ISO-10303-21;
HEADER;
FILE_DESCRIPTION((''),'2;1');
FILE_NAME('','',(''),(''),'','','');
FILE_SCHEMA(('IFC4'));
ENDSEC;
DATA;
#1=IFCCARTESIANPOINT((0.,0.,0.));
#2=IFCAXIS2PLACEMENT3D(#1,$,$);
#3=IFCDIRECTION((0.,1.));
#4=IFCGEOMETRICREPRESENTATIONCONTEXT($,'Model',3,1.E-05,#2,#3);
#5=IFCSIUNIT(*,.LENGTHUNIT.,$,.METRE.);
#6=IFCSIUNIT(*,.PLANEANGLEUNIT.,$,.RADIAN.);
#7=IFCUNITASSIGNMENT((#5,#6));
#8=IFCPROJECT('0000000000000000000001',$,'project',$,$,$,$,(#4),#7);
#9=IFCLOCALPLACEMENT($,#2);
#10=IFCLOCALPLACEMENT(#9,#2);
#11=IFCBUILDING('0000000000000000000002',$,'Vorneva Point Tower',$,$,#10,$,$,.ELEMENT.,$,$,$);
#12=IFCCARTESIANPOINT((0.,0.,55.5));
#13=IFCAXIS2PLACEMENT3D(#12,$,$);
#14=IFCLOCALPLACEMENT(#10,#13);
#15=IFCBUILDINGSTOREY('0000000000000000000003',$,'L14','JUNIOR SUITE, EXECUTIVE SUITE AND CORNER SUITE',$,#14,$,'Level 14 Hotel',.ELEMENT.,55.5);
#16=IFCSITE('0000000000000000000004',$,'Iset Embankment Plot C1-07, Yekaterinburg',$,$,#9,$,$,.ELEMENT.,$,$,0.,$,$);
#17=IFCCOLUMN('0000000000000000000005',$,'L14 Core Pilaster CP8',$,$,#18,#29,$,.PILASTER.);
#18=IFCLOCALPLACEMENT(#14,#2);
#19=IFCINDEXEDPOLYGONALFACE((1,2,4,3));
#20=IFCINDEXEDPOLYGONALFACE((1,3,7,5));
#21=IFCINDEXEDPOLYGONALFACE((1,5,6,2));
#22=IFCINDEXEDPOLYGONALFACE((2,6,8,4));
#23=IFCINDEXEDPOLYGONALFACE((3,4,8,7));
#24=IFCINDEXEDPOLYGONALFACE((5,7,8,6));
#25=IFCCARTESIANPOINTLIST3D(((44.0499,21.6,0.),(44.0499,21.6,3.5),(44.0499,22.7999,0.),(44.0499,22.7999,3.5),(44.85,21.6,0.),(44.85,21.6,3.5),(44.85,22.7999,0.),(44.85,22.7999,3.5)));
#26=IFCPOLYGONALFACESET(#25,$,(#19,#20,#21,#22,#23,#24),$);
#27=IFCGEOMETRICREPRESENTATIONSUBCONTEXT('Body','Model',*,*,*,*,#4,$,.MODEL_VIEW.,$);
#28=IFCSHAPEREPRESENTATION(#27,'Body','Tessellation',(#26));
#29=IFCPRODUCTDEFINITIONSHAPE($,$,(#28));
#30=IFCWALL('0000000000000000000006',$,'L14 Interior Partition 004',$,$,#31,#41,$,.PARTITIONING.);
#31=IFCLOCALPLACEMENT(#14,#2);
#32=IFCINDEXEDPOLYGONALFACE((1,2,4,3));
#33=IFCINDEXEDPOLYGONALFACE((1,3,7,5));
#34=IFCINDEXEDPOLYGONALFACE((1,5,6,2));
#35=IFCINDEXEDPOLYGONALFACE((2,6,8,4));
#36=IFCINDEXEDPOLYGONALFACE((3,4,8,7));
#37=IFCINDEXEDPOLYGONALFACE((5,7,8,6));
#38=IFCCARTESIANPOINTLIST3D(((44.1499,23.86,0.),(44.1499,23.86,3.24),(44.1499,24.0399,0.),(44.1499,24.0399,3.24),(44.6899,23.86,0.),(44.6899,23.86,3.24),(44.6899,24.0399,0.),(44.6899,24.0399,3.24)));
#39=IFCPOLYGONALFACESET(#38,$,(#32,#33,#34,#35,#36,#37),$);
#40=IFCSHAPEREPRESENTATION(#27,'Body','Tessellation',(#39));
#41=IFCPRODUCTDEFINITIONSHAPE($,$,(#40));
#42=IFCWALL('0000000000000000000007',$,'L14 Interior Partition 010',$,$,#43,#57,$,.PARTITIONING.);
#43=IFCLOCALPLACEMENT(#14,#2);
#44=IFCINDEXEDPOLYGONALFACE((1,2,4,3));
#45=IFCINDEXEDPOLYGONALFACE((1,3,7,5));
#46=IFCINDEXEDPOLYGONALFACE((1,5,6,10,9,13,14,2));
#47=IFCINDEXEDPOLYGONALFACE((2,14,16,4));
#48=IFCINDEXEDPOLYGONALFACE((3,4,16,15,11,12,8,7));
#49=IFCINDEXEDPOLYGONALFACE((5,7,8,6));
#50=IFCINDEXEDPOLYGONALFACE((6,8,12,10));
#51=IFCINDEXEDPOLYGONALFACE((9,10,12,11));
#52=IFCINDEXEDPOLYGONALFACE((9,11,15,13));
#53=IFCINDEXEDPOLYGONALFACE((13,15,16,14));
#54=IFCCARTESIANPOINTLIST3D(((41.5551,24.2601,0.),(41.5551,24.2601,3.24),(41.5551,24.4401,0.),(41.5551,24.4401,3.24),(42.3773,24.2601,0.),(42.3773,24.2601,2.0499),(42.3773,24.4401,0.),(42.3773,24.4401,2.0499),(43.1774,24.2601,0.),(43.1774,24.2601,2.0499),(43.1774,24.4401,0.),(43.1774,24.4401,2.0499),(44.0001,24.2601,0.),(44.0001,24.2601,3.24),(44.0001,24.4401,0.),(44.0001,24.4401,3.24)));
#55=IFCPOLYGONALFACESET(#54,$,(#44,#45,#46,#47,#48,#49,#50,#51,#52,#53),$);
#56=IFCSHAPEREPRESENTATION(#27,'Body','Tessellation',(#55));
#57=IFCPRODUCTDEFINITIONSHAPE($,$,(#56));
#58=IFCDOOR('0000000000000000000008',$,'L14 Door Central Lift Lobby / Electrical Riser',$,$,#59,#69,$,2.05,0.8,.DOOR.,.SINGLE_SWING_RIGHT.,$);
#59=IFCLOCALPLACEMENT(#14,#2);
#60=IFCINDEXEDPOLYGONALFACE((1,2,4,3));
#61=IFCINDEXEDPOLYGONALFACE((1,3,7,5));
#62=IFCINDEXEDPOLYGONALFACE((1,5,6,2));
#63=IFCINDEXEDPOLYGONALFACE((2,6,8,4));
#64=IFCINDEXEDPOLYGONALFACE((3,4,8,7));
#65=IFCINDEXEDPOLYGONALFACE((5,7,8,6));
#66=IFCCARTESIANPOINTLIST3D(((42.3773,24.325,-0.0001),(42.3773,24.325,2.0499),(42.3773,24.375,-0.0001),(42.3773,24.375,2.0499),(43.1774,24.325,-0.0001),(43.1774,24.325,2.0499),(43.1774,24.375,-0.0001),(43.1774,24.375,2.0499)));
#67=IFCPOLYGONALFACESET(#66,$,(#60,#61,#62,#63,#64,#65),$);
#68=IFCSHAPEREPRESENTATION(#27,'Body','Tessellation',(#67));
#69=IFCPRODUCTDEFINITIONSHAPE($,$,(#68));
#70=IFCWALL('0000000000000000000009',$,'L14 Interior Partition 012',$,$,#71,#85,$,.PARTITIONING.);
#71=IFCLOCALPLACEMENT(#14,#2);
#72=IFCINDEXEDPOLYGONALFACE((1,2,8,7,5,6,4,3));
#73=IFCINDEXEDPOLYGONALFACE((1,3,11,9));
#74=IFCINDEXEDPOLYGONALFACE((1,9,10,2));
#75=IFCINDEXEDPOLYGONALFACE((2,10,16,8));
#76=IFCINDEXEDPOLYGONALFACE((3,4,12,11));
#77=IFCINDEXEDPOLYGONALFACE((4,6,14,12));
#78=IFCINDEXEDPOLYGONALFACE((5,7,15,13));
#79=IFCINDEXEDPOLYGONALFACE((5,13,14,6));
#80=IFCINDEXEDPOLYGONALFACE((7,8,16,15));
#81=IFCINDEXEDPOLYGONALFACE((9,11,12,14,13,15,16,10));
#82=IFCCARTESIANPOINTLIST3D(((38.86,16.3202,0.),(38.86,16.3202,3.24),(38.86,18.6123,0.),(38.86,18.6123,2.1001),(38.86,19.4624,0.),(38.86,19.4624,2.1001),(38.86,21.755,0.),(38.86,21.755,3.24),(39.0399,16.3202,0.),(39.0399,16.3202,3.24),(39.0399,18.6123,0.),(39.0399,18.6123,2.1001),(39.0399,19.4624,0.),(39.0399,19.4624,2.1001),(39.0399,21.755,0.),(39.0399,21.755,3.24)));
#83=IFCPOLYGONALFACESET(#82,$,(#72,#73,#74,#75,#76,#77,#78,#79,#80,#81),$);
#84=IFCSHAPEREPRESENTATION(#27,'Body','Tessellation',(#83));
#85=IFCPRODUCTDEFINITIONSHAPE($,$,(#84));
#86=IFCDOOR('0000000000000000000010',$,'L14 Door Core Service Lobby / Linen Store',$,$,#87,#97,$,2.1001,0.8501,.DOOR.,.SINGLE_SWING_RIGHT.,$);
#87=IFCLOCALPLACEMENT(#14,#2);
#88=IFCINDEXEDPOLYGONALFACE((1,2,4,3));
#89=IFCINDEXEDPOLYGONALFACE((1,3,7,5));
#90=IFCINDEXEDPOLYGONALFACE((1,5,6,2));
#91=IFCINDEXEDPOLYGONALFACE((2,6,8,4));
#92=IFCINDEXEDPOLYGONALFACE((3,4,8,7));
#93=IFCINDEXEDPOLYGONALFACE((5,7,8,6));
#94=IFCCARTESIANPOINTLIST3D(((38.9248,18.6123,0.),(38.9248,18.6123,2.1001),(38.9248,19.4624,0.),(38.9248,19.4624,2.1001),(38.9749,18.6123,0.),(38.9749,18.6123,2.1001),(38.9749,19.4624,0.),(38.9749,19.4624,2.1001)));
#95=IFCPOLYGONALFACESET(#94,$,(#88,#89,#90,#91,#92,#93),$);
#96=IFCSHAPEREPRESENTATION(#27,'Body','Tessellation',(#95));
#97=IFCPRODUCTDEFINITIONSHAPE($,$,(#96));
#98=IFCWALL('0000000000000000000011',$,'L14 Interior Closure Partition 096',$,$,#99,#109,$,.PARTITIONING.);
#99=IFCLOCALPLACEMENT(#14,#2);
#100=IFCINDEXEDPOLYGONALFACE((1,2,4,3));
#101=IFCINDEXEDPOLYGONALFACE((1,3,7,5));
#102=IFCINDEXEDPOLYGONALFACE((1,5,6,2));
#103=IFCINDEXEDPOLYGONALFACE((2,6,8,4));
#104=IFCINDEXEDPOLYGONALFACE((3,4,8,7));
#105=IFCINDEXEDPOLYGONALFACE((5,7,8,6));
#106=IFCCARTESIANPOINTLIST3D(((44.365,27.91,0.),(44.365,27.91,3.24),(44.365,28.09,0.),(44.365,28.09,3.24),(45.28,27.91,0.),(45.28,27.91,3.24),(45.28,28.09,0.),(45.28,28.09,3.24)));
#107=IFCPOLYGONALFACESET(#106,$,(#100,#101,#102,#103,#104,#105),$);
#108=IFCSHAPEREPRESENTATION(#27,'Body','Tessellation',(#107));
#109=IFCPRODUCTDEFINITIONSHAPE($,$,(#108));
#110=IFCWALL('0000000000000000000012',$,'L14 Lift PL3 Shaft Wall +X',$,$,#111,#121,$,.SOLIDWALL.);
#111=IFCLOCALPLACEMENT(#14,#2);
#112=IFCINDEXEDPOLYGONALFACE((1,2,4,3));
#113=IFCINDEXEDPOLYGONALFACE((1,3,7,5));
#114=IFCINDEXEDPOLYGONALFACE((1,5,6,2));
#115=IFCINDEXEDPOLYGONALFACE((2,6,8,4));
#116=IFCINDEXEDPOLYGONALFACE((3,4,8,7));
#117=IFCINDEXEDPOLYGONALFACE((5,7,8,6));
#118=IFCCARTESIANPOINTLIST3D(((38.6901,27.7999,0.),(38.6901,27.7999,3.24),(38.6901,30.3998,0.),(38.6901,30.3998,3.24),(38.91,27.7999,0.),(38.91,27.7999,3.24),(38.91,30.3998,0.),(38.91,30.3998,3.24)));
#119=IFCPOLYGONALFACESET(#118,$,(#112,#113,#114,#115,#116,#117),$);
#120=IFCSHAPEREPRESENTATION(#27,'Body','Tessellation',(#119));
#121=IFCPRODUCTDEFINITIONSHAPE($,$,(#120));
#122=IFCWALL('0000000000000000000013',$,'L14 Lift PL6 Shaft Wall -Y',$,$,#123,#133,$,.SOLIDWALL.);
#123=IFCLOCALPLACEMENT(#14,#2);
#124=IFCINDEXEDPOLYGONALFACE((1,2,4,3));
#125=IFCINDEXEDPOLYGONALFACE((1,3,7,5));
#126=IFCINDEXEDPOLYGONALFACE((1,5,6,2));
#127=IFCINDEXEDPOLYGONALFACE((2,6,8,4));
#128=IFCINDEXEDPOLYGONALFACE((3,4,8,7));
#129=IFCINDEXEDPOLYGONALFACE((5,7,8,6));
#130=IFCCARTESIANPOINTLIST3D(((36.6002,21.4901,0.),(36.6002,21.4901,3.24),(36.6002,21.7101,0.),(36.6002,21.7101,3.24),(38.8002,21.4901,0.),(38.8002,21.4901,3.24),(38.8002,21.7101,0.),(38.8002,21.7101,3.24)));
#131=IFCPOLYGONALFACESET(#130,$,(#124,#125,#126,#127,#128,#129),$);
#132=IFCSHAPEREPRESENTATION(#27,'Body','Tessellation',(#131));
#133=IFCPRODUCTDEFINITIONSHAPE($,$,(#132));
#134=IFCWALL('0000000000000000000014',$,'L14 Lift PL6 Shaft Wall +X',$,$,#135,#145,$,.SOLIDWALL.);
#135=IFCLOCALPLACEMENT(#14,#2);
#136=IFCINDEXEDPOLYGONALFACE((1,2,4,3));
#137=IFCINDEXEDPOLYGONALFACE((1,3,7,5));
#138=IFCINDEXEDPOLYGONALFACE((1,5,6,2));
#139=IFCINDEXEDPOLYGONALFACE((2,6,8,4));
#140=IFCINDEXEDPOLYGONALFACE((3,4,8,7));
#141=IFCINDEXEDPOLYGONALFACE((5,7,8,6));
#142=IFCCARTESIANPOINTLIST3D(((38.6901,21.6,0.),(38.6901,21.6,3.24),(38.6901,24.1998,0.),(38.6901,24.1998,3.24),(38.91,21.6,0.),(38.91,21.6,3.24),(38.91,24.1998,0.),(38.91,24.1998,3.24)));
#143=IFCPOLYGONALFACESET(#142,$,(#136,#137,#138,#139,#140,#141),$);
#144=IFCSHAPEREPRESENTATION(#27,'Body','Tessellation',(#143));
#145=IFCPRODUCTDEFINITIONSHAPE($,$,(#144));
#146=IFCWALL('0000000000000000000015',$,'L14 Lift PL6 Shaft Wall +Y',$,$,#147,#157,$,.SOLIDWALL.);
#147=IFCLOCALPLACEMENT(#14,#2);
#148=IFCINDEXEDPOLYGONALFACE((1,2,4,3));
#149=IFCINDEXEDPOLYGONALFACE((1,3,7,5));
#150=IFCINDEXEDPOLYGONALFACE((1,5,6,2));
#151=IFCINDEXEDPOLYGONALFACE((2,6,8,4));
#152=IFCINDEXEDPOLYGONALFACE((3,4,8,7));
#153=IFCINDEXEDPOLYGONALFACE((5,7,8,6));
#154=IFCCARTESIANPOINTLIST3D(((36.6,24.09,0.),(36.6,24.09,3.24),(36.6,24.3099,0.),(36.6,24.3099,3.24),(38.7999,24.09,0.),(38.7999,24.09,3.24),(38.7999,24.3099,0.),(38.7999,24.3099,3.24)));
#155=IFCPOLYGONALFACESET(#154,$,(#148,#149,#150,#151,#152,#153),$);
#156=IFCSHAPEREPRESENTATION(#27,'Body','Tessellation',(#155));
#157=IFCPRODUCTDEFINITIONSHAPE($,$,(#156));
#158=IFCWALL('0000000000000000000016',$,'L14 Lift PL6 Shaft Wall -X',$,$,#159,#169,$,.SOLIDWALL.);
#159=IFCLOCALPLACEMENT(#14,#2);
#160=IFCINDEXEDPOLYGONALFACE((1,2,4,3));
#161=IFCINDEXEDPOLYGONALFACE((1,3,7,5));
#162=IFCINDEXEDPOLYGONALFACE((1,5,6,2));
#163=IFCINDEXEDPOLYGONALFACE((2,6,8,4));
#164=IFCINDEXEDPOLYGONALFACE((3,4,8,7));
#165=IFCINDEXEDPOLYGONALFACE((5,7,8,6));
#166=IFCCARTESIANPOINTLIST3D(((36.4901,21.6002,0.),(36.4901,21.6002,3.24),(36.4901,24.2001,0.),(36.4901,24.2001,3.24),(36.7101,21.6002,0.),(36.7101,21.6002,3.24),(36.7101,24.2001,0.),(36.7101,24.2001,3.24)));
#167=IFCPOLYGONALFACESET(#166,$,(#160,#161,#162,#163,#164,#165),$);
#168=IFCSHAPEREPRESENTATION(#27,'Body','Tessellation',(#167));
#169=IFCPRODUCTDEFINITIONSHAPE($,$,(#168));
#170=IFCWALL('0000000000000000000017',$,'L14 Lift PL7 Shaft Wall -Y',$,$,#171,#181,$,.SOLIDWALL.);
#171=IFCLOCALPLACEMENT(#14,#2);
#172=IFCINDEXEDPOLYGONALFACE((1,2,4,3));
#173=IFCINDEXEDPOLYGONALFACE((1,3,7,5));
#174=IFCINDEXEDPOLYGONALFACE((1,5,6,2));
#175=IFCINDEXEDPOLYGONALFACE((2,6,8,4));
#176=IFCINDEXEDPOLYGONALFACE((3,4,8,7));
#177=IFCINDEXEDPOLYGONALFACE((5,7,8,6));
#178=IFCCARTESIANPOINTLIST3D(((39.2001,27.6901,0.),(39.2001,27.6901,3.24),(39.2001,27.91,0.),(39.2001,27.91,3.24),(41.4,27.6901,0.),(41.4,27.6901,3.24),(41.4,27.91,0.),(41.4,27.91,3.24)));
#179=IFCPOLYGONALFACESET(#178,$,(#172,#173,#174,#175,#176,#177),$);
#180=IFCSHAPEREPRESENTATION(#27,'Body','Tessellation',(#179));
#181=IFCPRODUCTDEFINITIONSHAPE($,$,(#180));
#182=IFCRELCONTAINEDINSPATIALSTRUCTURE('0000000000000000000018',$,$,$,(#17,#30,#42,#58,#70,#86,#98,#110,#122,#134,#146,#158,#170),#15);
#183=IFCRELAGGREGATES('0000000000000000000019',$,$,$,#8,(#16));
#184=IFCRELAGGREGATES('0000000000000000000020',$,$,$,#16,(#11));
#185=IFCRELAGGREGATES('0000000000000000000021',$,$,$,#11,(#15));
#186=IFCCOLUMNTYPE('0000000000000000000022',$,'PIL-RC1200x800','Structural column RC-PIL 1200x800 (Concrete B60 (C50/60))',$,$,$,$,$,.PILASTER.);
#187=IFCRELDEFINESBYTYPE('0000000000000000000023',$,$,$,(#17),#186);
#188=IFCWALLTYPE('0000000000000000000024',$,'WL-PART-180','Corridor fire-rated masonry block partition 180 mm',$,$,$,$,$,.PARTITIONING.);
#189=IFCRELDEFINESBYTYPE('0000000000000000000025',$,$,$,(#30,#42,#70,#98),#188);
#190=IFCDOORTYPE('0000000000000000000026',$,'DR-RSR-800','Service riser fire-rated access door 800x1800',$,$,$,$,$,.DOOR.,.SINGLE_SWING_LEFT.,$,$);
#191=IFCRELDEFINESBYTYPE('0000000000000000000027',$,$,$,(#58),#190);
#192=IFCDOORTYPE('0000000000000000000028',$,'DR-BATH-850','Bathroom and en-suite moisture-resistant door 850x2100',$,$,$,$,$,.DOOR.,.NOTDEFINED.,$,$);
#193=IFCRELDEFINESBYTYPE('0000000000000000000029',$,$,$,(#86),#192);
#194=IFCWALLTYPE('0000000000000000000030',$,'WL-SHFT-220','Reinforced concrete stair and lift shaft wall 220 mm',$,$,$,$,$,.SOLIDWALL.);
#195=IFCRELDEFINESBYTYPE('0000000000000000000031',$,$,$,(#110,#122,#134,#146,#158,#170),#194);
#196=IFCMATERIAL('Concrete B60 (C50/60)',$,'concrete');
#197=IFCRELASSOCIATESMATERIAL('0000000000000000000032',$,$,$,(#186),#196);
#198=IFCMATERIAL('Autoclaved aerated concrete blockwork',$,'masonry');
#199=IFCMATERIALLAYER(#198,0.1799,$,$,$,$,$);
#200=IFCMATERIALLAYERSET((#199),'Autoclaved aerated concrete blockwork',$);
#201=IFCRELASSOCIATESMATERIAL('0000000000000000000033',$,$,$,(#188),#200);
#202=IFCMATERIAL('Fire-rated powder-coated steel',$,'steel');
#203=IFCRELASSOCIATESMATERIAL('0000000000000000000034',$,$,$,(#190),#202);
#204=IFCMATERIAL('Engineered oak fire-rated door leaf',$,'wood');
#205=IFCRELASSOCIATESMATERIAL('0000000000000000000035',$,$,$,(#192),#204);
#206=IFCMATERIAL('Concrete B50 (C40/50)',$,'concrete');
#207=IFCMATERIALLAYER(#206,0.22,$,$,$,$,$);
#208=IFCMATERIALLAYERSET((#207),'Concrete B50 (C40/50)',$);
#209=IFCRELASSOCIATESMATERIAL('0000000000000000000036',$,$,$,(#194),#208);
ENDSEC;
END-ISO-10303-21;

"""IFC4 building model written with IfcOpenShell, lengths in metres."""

from ifc_helpers import new_model, si_unit, direction, frame, frame_2d, origin, origin_2d, place, context, subcontext, project, spatial, rectangle, extrude, material, layer, layer_set, material_profile, profile_set, type_object, element, fill, save


model = new_model("IFC4")

# Units and contexts
model_context = context("Model", 3, precision=1e-05, world=origin(), true_north=direction((0.0, 1.0)))
body_context = subcontext(model_context, "Body", "Model", "MODEL_VIEW")
ifc_project = project(units=[si_unit("LENGTHUNIT", "METRE"), si_unit("PLANEANGLEUNIT", "RADIAN")], contexts=[model_context])

# Site, building, storey
site_placement = place(None, origin())
site = spatial("IfcSite", under=ifc_project, at=site_placement, Name="Iset Embankment Plot C1-07, Yekaterinburg", CompositionType="ELEMENT", RefElevation=0.0)
building_placement = place(site_placement, origin())
building = spatial("IfcBuilding", under=site, at=building_placement, Name="Vorneva Point Tower", CompositionType="ELEMENT")
storey_placement = place(building_placement, frame((0.0, 0.0, 55.5)))
storey = spatial("IfcBuildingStorey", under=building, at=storey_placement, Name="L14", Description="JUNIOR SUITE, EXECUTIVE SUITE AND CORNER SUITE", LongName="Level 14 Hotel", CompositionType="ELEMENT", Elevation=55.5)

# Column
ifc_material_1 = material(Name="Concrete B60 (C50/60)", Category="concrete")
ifc_material_profile = material_profile(ifc_material_1, rectangle(XDim=0.8, YDim=1.2, at=origin_2d()), Name="RC-PIL 1200x800")
ifc_profile_set = profile_set([ifc_material_profile], Name="Concrete B60 (C50/60)")
column_type = type_object("IfcColumnType", Name="PIL-RC1200x800", Description="Structural column RC-PIL 1200x800 (Concrete B60 (C50/60))", PredefinedType="PILASTER", material=ifc_profile_set)
column_placement = place(storey_placement, frame((44.45, 22.2, 0.0), z_axis=(0.0, 0.0, 1.0), x_axis=(1.0, 0.0, 0.0)))
element("IfcColumn", 1, at=column_placement, inside=storey, type_object=column_type, Name="L14 Core Pilaster CP8", PredefinedType="PILASTER", context=body_context, shape_type="SweptSolid", body=[
    extrude(rectangle(XDim=0.8, YDim=1.2, at=origin_2d()), origin(), (0.0, 0.0, 1.0), 3.5),
])

# Shared definitions
ifc_material_2 = material(Name="Autoclaved aerated concrete blockwork", Category="masonry")
ifc_layer_1 = layer(ifc_material_2, 0.1799)
ifc_layer_set_1 = layer_set([ifc_layer_1], Name="Autoclaved aerated concrete blockwork")
wall_type_1 = type_object("IfcWallType", Name="WL-PART-180", Description="Corridor fire-rated masonry block partition 180 mm", PredefinedType="PARTITIONING", material=ifc_layer_set_1)
ifc_material_3 = material(Name="Fire-rated powder-coated steel", Category="steel")

# Wall
wall_1_placement = place(storey_placement, frame((44.1499, 23.95, 0.0), z_axis=(0.0, 0.0, 1.0), x_axis=(1.0, 0.0, 0.0)))
element("IfcWall", 2, at=wall_1_placement, inside=storey, type_object=wall_type_1, Name="L14 Interior Partition 004", PredefinedType="PARTITIONING", context=body_context, shape_type="SweptSolid", body=[
    extrude(rectangle(XDim=0.54, YDim=0.1799, at=frame_2d((0.27, 0.0))), origin(), (0.0, 0.0, 1.0), 3.24),
])

# Walls, openings, doors
wall_2_placement = place(storey_placement, frame((41.5549, 24.3501, 0.0), z_axis=(0.0, 0.0, 1.0), x_axis=(1.0, 0.0, 0.0)))
wall_2 = element("IfcWall", 3, at=wall_2_placement, inside=storey, type_object=wall_type_1, Name="L14 Interior Partition 010", PredefinedType="PARTITIONING", context=body_context, shape_type="SweptSolid", body=[
    extrude(rectangle(XDim=2.4451, YDim=0.1799, at=frame_2d((1.2227, 0.0))), origin(), (0.0, 0.0, 1.0), 3.24),
])
opening_1_placement = place(wall_2_placement, frame((0.8225, 0.0, 0.0)))
opening_1 = element("IfcOpeningElement", 4, at=opening_1_placement, cuts=wall_2, PredefinedType="OPENING", context=body_context, shape_type="SweptSolid", body=[
    extrude(rectangle(XDim=0.8, YDim=2.05, at=frame_2d((0.3999, 1.0249))), frame((0.0, 0.105, 0.0), z_axis=(0.0, -1.0, 0.0), x_axis=(1.0, 0.0, 0.0)), (0.0, 0.0, 1.0), 0.2097),
])
door_type_1 = type_object("IfcDoorType", Name="DR-RSR-800", Description="Service riser fire-rated access door 800x1800", OperationType="SINGLE_SWING_LEFT", PredefinedType="DOOR", material=ifc_material_3)
door_1_placement = place(opening_1_placement, origin())
door_1 = element("IfcDoor", 5, at=door_1_placement, inside=storey, type_object=door_type_1, Name="L14 Door Central Lift Lobby / Electrical Riser", OperationType="SINGLE_SWING_RIGHT", OverallHeight=2.05, OverallWidth=0.8, PredefinedType="DOOR", context=body_context, shape_type="SweptSolid", body=[
    extrude(rectangle(XDim=0.8, YDim=2.05, at=frame_2d((0.3999, 1.0249))), frame((0.0, 0.0249, 0.0), z_axis=(0.0, -1.0, 0.0), x_axis=(1.0, 0.0, 0.0)), (0.0, 0.0, 1.0), 0.05),
])
fill(opening_1, door_1)
wall_3_placement = place(storey_placement, frame((38.95, 21.7549, 0.0), z_axis=(0.0, 0.0, 1.0), x_axis=(0.0, -1.0, 0.0)))
wall_3 = element("IfcWall", 6, at=wall_3_placement, inside=storey, type_object=wall_type_1, Name="L14 Interior Partition 012", PredefinedType="PARTITIONING", context=body_context, shape_type="SweptSolid", body=[
    extrude(rectangle(XDim=5.4348, YDim=0.1799, at=frame_2d((2.7173, 0.0))), origin(), (0.0, 0.0, 1.0), 3.24),
])
opening_2_placement = place(wall_3_placement, frame((2.2925, 0.0, 0.0)))
opening_2 = element("IfcOpeningElement", 7, at=opening_2_placement, cuts=wall_3, PredefinedType="OPENING", context=body_context, shape_type="SweptSolid", body=[
    extrude(rectangle(XDim=0.8501, YDim=2.1001, at=frame_2d((0.425, 1.05))), frame((0.0, 0.105, 0.0), z_axis=(0.0, -1.0, 0.0), x_axis=(1.0, 0.0, 0.0)), (0.0, 0.0, 1.0), 0.2097),
])
ifc_material_4 = material(Name="Engineered oak fire-rated door leaf", Category="wood")
door_type_2 = type_object("IfcDoorType", Name="DR-BATH-850", Description="Bathroom and en-suite moisture-resistant door 850x2100", OperationType="NOTDEFINED", PredefinedType="DOOR", material=ifc_material_4)
door_2_placement = place(opening_2_placement, origin())
door_2 = element("IfcDoor", 8, at=door_2_placement, inside=storey, type_object=door_type_2, Name="L14 Door Core Service Lobby / Linen Store", OperationType="SINGLE_SWING_RIGHT", OverallHeight=2.1001, OverallWidth=0.8501, PredefinedType="DOOR", context=body_context, shape_type="SweptSolid", body=[
    extrude(rectangle(XDim=0.8501, YDim=2.1001, at=frame_2d((0.425, 1.05))), frame((0.0, 0.0249, 0.0), z_axis=(0.0, -1.0, 0.0), x_axis=(1.0, 0.0, 0.0)), (0.0, 0.0, 1.0), 0.05),
])
fill(opening_2, door_2)

# Wall
wall_4_placement = place(storey_placement, frame((45.28, 28.0, 0.0), z_axis=(0.0, 0.0, 1.0), x_axis=(-1.0, 0.0, 0.0)))
element("IfcWall", 9, at=wall_4_placement, inside=storey, type_object=wall_type_1, Name="L14 Interior Closure Partition 096", PredefinedType="PARTITIONING", context=body_context, shape_type="SweptSolid", body=[
    extrude(rectangle(XDim=0.915, YDim=0.1799, at=frame_2d((0.4575, 0.0))), origin(), (0.0, 0.0, 1.0), 3.24),
])

# Shared definitions
ifc_material_5 = material(Name="Concrete B50 (C40/50)", Category="concrete")
ifc_layer_2 = layer(ifc_material_5, 0.22)
ifc_layer_set_2 = layer_set([ifc_layer_2], Name="Concrete B50 (C40/50)")
wall_type_2 = type_object("IfcWallType", Name="WL-SHFT-220", Description="Reinforced concrete stair and lift shaft wall 220 mm", PredefinedType="SOLIDWALL", material=ifc_layer_set_2)

# Walls
wall_5_placement = place(storey_placement, frame((38.8, 27.8, 0.0), z_axis=(0.0, 0.0, 1.0), x_axis=(0.0, 1.0, 0.0)))
element("IfcWall", 10, at=wall_5_placement, inside=storey, type_object=wall_type_2, Name="L14 Lift PL3 Shaft Wall +X", PredefinedType="SOLIDWALL", context=body_context, shape_type="SweptSolid", body=[
    extrude(rectangle(XDim=2.5999, YDim=0.22, at=frame_2d((1.2998, 0.0))), origin(), (0.0, 0.0, 1.0), 3.24),
])
wall_6_placement = place(storey_placement, frame((36.6001, 21.6001, 0.0), z_axis=(0.0, 0.0, 1.0), x_axis=(1.0, 0.0, 0.0)))
element("IfcWall", 11, at=wall_6_placement, inside=storey, type_object=wall_type_2, Name="L14 Lift PL6 Shaft Wall -Y", PredefinedType="SOLIDWALL", context=body_context, shape_type="SweptSolid", body=[
    extrude(rectangle(XDim=2.2, YDim=0.22, at=frame_2d((1.1001, 0.0))), origin(), (0.0, 0.0, 1.0), 3.24),
])
wall_7_placement = place(storey_placement, frame((38.8, 21.6001, 0.0), z_axis=(0.0, 0.0, 1.0), x_axis=(0.0, 1.0, 0.0)))
element("IfcWall", 12, at=wall_7_placement, inside=storey, type_object=wall_type_2, Name="L14 Lift PL6 Shaft Wall +X", PredefinedType="SOLIDWALL", context=body_context, shape_type="SweptSolid", body=[
    extrude(rectangle(XDim=2.5999, YDim=0.22, at=frame_2d((1.2998, 0.0))), origin(), (0.0, 0.0, 1.0), 3.24),
])
wall_8_placement = place(storey_placement, frame((38.8, 24.2, 0.0), z_axis=(0.0, 0.0, 1.0), x_axis=(-1.0, 0.0, 0.0)))
element("IfcWall", 13, at=wall_8_placement, inside=storey, type_object=wall_type_2, Name="L14 Lift PL6 Shaft Wall +Y", PredefinedType="SOLIDWALL", context=body_context, shape_type="SweptSolid", body=[
    extrude(rectangle(XDim=2.2, YDim=0.22, at=frame_2d((1.1001, 0.0))), origin(), (0.0, 0.0, 1.0), 3.24),
])
wall_9_placement = place(storey_placement, frame((36.6001, 24.2, 0.0), z_axis=(0.0, 0.0, 1.0), x_axis=(0.0, -1.0, 0.0)))
element("IfcWall", 14, at=wall_9_placement, inside=storey, type_object=wall_type_2, Name="L14 Lift PL6 Shaft Wall -X", PredefinedType="SOLIDWALL", context=body_context, shape_type="SweptSolid", body=[
    extrude(rectangle(XDim=2.5999, YDim=0.22, at=frame_2d((1.2998, 0.0))), origin(), (0.0, 0.0, 1.0), 3.24),
])
wall_10_placement = place(storey_placement, frame((39.2, 27.8, 0.0), z_axis=(0.0, 0.0, 1.0), x_axis=(1.0, 0.0, 0.0)))
element("IfcWall", 15, at=wall_10_placement, inside=storey, type_object=wall_type_2, Name="L14 Lift PL7 Shaft Wall -Y", PredefinedType="SOLIDWALL", context=body_context, shape_type="SweptSolid", body=[
    extrude(rectangle(XDim=2.2, YDim=0.22, at=frame_2d((1.1001, 0.0))), origin(), (0.0, 0.0, 1.0), 3.24),
])

save(model, "model.ifc")
